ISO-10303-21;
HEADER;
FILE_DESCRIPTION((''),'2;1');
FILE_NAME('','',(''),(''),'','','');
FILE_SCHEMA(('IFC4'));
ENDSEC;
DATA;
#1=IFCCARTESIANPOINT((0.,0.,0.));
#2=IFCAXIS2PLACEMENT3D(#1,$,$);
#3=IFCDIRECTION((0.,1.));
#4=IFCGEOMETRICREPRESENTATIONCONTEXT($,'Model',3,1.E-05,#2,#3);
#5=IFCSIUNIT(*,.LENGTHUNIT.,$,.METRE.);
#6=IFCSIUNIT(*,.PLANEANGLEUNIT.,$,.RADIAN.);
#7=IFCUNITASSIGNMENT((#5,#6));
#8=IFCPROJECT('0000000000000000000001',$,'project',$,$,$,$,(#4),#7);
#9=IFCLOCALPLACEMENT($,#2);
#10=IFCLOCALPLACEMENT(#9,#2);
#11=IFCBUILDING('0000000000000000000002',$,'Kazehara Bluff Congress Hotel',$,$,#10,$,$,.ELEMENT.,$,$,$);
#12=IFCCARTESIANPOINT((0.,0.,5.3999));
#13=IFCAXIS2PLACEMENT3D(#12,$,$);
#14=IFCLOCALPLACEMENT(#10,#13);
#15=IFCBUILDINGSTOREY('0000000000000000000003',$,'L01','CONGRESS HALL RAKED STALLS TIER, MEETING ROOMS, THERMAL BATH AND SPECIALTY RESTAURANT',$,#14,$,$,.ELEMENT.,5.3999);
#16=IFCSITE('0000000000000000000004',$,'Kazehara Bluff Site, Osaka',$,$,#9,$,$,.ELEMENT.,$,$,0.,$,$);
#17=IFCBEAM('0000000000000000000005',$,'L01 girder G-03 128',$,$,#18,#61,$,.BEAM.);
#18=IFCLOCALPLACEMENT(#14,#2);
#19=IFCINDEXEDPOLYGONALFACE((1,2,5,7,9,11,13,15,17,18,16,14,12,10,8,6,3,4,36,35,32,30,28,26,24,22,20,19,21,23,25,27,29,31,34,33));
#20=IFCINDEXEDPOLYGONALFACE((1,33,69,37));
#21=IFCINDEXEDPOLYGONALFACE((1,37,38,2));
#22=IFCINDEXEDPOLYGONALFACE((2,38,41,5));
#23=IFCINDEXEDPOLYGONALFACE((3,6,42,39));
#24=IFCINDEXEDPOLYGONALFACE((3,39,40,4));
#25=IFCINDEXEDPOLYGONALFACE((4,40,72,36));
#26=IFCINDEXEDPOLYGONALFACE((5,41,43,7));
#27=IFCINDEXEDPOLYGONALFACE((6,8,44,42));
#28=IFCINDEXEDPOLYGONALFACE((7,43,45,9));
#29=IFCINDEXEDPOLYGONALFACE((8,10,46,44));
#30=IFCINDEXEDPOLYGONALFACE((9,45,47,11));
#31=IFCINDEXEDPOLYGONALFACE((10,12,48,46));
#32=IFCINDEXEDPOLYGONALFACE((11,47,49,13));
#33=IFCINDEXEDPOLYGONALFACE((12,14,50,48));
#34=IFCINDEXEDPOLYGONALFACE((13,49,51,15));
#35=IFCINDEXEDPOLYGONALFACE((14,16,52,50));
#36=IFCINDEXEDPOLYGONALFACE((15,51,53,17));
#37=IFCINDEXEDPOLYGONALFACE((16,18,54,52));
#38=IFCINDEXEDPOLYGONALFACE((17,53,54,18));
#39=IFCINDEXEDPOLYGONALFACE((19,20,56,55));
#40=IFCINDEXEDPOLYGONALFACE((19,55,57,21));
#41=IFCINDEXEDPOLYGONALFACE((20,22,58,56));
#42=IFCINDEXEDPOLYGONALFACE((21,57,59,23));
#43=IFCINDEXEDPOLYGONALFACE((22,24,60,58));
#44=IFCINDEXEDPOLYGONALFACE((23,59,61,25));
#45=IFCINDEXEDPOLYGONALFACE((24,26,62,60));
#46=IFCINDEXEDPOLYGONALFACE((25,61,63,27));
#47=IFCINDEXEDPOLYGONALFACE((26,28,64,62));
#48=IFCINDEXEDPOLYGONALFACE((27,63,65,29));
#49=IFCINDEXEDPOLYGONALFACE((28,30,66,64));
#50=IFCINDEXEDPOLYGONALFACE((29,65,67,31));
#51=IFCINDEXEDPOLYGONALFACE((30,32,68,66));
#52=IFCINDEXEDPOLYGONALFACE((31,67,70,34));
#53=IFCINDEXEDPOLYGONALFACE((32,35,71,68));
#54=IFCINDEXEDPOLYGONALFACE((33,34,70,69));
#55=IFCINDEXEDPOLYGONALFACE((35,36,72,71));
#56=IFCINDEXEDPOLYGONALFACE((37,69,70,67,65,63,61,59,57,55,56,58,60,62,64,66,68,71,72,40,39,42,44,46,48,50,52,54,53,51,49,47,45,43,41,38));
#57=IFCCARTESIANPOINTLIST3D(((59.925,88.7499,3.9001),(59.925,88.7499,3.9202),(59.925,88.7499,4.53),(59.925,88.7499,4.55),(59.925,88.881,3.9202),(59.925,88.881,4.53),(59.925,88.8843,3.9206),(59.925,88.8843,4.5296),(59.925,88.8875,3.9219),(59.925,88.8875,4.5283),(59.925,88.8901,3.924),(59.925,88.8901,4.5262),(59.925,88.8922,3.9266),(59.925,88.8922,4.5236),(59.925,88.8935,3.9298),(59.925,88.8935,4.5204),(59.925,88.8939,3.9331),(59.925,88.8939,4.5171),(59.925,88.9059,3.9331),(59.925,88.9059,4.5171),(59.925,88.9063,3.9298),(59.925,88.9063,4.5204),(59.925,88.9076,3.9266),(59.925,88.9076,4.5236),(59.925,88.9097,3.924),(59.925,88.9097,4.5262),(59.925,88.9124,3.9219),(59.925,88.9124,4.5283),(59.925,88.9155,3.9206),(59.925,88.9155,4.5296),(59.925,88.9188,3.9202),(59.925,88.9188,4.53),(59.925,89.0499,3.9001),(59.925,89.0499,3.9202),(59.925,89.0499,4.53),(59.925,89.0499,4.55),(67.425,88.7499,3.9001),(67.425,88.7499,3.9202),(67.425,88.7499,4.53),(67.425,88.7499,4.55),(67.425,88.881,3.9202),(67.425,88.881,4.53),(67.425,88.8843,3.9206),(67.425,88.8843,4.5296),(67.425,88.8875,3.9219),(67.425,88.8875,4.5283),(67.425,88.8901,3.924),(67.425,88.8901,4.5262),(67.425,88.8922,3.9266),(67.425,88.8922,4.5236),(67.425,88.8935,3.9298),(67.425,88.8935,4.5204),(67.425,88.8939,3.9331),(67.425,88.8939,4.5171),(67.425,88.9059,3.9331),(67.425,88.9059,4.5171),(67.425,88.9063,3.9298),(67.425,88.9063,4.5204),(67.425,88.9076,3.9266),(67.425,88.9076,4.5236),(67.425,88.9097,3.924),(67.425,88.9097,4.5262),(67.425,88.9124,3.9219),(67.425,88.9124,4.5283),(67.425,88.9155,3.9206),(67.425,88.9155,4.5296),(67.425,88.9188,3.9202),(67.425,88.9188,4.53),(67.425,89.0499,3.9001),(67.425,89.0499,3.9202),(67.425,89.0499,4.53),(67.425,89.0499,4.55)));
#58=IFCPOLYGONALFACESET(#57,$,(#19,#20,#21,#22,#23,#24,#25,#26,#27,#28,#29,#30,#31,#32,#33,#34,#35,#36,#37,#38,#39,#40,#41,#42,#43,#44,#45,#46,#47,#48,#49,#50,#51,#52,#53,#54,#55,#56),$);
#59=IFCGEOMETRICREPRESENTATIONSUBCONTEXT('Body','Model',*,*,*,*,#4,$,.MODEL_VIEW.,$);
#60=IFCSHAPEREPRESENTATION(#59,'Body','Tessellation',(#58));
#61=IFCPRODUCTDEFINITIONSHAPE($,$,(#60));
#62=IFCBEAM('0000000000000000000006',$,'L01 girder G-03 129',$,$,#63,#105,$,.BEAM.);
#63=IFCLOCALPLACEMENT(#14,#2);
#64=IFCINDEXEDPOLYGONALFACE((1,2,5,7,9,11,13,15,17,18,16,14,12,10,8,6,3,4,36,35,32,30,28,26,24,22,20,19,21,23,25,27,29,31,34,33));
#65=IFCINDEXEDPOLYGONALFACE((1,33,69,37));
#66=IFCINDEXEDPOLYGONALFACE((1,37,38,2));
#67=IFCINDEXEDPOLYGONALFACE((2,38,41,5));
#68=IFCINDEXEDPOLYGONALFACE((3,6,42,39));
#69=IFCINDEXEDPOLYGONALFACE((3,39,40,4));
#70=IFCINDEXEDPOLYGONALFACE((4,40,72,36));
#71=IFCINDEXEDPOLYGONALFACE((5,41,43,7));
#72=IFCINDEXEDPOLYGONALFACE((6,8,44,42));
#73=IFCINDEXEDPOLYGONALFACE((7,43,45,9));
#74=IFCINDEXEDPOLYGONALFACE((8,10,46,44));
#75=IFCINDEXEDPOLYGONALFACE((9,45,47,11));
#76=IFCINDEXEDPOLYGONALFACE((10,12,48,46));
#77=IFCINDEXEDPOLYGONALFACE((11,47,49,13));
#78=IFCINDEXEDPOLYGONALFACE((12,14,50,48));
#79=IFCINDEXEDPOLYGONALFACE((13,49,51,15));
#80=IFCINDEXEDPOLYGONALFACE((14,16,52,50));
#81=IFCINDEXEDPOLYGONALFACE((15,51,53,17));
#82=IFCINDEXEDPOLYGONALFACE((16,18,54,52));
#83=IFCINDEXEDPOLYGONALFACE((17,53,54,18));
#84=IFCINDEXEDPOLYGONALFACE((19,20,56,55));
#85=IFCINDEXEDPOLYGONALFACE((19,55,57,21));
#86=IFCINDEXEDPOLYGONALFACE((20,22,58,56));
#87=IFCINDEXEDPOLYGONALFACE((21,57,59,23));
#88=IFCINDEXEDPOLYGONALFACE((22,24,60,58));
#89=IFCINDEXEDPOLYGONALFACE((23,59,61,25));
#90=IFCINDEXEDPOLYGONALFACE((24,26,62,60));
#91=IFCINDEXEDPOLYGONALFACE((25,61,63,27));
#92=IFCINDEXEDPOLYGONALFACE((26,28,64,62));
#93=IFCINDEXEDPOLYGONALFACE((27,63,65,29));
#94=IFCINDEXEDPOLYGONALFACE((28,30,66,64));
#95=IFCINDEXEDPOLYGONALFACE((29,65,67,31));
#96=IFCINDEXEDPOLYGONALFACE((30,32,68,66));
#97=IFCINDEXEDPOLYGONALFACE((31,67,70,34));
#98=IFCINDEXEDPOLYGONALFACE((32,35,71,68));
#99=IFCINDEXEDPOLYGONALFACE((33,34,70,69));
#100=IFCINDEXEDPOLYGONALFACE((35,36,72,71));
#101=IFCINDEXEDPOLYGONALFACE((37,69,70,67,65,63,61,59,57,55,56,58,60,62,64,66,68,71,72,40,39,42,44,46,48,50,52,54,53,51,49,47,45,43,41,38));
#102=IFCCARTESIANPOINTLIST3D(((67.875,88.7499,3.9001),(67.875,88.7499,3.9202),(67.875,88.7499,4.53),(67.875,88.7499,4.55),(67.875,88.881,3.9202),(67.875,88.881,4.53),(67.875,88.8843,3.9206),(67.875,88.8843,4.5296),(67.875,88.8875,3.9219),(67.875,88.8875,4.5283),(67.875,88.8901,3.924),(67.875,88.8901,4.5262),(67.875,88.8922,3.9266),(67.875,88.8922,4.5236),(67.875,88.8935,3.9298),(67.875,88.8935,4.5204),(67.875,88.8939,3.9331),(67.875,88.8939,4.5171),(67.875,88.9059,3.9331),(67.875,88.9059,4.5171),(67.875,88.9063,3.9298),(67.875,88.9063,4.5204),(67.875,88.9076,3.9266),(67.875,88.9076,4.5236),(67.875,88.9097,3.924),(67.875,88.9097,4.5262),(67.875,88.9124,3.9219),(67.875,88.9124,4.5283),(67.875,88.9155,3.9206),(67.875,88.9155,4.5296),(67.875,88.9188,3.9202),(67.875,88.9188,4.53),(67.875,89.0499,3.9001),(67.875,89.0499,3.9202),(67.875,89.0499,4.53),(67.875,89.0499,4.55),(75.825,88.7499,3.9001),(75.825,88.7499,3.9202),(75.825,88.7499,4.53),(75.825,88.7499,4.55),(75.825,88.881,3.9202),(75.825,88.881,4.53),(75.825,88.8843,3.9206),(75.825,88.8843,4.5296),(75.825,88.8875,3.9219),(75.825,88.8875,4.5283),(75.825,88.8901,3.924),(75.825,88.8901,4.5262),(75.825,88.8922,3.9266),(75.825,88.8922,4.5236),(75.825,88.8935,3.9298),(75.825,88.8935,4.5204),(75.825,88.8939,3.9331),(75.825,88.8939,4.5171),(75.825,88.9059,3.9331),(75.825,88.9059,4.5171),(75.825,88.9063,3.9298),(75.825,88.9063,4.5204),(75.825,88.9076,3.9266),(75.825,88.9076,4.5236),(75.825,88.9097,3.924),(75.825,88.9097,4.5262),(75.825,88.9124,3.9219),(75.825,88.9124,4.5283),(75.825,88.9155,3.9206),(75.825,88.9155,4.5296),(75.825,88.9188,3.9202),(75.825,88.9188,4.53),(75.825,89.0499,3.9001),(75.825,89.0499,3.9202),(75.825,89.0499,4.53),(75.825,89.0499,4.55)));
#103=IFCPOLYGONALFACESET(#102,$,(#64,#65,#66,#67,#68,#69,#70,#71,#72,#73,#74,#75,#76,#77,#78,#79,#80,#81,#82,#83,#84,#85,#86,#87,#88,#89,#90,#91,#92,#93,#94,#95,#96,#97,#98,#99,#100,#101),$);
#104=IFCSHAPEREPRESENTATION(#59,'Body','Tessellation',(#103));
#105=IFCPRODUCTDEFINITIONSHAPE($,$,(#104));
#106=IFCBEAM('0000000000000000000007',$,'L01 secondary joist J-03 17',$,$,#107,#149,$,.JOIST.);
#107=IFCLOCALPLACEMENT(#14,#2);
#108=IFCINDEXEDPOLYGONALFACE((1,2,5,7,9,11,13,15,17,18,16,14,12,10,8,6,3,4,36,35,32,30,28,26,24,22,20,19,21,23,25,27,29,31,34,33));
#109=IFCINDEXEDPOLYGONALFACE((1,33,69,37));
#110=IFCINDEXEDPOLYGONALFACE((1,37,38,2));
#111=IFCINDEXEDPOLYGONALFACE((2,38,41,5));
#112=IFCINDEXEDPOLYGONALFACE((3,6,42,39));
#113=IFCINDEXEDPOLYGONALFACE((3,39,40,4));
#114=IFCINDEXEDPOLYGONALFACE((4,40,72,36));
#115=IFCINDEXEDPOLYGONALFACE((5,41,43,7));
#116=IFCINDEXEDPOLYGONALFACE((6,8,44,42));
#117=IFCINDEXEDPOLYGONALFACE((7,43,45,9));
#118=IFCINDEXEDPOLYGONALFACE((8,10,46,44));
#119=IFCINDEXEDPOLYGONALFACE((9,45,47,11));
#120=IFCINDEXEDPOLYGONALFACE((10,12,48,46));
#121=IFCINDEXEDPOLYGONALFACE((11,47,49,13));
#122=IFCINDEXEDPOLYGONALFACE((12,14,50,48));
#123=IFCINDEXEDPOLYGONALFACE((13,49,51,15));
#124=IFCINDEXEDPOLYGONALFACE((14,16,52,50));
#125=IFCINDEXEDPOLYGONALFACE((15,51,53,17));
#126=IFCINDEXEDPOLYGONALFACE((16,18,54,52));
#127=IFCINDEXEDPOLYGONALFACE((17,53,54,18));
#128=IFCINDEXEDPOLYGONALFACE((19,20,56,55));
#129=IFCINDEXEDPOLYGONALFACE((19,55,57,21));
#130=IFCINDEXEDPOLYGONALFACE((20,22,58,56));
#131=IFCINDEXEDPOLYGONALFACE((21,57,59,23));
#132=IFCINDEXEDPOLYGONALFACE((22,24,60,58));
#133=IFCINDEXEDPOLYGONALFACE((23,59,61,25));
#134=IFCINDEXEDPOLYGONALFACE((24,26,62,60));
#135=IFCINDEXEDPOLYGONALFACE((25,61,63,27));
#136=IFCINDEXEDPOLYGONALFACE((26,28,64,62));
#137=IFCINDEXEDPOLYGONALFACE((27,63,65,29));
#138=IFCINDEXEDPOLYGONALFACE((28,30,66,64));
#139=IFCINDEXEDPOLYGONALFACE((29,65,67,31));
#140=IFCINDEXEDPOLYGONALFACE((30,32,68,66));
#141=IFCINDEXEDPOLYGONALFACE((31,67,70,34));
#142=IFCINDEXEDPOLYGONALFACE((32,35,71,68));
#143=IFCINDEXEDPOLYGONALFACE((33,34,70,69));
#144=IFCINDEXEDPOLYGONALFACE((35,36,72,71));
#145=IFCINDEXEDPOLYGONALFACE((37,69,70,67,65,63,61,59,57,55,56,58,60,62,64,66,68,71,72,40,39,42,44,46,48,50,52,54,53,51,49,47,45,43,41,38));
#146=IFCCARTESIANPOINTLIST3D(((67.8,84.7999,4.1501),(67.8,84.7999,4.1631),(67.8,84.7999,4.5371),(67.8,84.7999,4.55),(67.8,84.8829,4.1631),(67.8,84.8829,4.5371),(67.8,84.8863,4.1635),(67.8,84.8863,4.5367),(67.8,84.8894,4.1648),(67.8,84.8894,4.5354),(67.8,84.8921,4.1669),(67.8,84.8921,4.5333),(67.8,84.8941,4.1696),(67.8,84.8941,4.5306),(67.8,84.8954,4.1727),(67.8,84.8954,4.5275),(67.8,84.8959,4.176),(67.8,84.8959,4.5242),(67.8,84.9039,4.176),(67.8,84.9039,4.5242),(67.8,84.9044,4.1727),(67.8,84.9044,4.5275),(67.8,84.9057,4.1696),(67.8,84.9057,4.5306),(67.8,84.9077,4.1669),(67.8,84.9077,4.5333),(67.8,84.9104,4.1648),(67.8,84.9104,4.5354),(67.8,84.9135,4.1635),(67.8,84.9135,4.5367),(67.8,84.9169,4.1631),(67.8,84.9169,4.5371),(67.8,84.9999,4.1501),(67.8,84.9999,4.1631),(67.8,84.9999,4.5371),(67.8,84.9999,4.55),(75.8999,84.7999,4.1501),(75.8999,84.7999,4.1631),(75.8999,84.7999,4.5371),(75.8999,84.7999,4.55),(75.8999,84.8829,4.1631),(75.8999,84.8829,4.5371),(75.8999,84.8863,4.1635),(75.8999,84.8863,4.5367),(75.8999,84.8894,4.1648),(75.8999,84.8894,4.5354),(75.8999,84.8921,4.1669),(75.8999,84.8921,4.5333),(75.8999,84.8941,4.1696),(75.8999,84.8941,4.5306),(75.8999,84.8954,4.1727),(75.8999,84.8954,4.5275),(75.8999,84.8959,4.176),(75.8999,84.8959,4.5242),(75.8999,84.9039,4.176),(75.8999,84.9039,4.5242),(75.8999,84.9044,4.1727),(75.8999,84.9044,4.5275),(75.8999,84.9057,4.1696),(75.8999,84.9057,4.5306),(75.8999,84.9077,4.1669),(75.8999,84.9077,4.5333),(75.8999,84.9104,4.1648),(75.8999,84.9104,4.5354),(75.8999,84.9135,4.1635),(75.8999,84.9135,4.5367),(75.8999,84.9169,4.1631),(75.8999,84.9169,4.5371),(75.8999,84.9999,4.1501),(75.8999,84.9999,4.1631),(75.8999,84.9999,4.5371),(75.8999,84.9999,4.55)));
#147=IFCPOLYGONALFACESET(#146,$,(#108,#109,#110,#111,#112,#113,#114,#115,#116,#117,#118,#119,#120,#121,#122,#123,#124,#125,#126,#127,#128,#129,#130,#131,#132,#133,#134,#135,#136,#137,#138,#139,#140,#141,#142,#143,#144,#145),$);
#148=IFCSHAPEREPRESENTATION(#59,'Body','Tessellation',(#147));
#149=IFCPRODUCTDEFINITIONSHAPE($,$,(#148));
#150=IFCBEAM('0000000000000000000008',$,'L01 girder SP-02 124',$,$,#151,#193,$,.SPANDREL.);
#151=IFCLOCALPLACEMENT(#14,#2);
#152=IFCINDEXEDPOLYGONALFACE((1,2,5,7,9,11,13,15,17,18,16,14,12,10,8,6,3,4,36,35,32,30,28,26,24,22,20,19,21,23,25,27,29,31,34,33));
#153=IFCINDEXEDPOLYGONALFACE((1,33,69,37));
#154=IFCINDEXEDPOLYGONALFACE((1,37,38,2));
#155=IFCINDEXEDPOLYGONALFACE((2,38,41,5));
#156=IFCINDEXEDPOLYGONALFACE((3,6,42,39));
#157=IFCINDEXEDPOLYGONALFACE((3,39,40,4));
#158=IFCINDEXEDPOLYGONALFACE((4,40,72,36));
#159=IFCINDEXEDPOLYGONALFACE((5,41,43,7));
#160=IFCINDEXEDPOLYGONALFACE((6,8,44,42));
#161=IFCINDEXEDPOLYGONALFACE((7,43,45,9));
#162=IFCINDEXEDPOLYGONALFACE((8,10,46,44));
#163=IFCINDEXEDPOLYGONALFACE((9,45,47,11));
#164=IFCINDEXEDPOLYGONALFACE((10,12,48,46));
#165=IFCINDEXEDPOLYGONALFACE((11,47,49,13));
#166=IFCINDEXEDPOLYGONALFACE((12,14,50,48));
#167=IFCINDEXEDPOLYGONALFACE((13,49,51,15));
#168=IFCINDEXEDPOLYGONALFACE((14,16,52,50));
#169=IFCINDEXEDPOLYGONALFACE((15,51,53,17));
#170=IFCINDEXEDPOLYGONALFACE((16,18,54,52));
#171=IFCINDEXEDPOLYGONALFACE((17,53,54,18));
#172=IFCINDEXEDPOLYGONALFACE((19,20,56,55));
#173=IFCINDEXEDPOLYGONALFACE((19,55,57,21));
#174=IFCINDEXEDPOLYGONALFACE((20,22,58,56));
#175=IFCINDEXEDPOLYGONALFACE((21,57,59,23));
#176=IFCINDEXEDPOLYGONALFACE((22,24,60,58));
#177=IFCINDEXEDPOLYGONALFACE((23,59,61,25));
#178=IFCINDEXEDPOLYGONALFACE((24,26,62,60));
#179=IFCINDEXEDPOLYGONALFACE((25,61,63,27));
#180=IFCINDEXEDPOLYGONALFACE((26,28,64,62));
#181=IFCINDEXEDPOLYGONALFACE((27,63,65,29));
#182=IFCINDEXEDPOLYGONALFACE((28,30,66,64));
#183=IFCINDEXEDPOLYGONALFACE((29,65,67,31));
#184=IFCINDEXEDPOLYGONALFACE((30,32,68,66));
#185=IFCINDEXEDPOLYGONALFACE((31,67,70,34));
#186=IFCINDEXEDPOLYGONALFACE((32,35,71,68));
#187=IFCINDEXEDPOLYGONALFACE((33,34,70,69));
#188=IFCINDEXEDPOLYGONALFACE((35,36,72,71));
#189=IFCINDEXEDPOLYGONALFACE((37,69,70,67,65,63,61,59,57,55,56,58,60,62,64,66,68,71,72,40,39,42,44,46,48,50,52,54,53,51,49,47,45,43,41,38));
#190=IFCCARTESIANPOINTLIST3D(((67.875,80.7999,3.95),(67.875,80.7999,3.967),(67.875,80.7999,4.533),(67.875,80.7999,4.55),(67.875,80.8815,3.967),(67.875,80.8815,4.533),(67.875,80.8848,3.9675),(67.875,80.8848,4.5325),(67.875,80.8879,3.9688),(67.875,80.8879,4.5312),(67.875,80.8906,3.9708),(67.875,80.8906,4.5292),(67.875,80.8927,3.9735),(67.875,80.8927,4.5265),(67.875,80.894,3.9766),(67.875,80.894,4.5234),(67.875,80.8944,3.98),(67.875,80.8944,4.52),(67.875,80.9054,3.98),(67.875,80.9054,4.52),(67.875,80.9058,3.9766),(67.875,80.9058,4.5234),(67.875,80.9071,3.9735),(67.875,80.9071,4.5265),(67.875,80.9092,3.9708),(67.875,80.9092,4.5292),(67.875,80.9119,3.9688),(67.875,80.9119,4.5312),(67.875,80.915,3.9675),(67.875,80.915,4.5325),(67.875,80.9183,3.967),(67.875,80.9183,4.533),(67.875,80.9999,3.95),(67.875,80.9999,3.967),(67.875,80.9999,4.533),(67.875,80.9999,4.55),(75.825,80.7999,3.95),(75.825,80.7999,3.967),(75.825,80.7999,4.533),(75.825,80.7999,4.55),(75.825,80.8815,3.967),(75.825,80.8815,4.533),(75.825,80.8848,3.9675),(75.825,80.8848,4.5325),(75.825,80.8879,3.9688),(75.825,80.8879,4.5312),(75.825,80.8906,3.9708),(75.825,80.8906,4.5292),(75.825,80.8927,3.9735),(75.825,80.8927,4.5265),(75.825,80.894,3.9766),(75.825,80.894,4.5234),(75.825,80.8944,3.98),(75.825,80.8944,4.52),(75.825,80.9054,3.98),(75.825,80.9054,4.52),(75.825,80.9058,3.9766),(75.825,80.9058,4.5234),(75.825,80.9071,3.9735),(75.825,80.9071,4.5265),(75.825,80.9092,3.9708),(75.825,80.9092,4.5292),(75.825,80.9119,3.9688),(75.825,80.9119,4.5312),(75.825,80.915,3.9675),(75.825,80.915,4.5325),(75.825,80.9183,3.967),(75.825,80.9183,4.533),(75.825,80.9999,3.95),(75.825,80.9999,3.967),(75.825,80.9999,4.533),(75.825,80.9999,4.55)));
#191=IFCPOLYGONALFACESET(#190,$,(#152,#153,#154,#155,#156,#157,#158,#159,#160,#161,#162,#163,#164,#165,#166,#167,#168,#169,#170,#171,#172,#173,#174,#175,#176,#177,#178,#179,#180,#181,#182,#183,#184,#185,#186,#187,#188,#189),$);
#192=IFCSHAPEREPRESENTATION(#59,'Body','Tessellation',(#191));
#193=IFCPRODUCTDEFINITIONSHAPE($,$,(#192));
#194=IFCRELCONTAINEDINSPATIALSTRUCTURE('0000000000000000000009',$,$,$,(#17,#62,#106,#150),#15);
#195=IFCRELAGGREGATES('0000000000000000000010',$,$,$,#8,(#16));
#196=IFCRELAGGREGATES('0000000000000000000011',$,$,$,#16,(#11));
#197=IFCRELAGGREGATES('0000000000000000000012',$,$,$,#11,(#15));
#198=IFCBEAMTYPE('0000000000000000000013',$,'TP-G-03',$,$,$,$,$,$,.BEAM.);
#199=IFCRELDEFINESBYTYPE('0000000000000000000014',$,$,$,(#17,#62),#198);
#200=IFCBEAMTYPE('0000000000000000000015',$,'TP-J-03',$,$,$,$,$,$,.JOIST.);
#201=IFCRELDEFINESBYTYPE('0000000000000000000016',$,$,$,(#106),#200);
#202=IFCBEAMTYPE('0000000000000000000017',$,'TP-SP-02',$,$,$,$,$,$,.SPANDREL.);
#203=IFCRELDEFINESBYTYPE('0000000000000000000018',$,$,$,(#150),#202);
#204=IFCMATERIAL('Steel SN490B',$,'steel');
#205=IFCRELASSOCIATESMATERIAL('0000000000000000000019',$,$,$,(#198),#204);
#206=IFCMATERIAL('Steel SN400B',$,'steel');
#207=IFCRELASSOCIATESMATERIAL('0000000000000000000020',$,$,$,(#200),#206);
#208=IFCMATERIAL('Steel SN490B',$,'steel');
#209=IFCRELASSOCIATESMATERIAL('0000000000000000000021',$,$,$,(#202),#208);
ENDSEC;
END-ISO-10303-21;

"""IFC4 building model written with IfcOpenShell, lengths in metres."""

from ifc_helpers import new_model, si_unit, direction, frame, origin, origin_2d, place, context, subcontext, project, spatial, i_section, extrude, material, material_profile, profile_set, type_object, element, save


model = new_model("IFC4")

# Units and contexts
model_context = context("Model", 3, precision=1e-05, world=origin(), true_north=direction((0.0, 1.0)))
body_context = subcontext(model_context, "Body", "Model", "MODEL_VIEW")
ifc_project = project(units=[si_unit("LENGTHUNIT", "METRE"), si_unit("PLANEANGLEUNIT", "RADIAN")], contexts=[model_context])

# Site, building, storey
site_placement = place(None, origin())
site = spatial("IfcSite", under=ifc_project, at=site_placement, Name="Kazehara Bluff Site, Osaka", CompositionType="ELEMENT", RefElevation=0.0)
building_placement = place(site_placement, origin())
building = spatial("IfcBuilding", under=site, at=building_placement, Name="Kazehara Bluff Congress Hotel", CompositionType="ELEMENT")
storey_placement = place(building_placement, frame((0.0, 0.0, 5.3999)))
storey = spatial("IfcBuildingStorey", under=building, at=storey_placement, Name="L01", Description="CONGRESS HALL RAKED STALLS TIER, MEETING ROOMS, THERMAL BATH AND SPECIALTY RESTAURANT", CompositionType="ELEMENT", Elevation=5.3999)

# Beams
ifc_material_1 = material(Name="Steel SN490B", Category="steel")
ifc_material_profile_1 = material_profile(ifc_material_1, i_section(OverallWidth=0.3, OverallDepth=0.6499, WebThickness=0.012, FlangeThickness=0.02, FilletRadius=0.0129, at=origin_2d()))
ifc_profile_set_1 = profile_set([ifc_material_profile_1], Name="Steel SN490B")
beam_type_1 = type_object("IfcBeamType", Name="TP-G-03", PredefinedType="BEAM", material=ifc_profile_set_1)
beam_1_placement = place(storey_placement, frame((59.925, 88.8999, 4.2251), z_axis=(1.0, 0.0, 0.0), x_axis=(0.0, 1.0, 0.0)))
element("IfcBeam", 1, at=beam_1_placement, inside=storey, type_object=beam_type_1, Name="L01 girder G-03 128", PredefinedType="BEAM", context=body_context, shape_type="SweptSolid", body=[
    extrude(i_section(OverallWidth=0.3, OverallDepth=0.6499, WebThickness=0.012, FlangeThickness=0.02, FilletRadius=0.0129, at=origin_2d()), origin(), (0.0, 0.0, 1.0), 7.5),
])
beam_2_placement = place(storey_placement, frame((67.875, 88.8999, 4.2251), z_axis=(1.0, 0.0, 0.0), x_axis=(0.0, 1.0, 0.0)))
element("IfcBeam", 2, at=beam_2_placement, inside=storey, type_object=beam_type_1, Name="L01 girder G-03 129", PredefinedType="BEAM", context=body_context, shape_type="SweptSolid", body=[
    extrude(i_section(OverallWidth=0.3, OverallDepth=0.6499, WebThickness=0.012, FlangeThickness=0.02, FilletRadius=0.0129, at=origin_2d()), origin(), (0.0, 0.0, 1.0), 7.95),
])
ifc_material_2 = material(Name="Steel SN400B", Category="steel")
ifc_material_profile_2 = material_profile(ifc_material_2, i_section(OverallWidth=0.2, OverallDepth=0.3999, WebThickness=0.0081, FlangeThickness=0.0129, FilletRadius=0.0129, at=origin_2d()))
ifc_profile_set_2 = profile_set([ifc_material_profile_2], Name="Steel SN400B")
beam_type_2 = type_object("IfcBeamType", Name="TP-J-03", PredefinedType="JOIST", material=ifc_profile_set_2)
beam_3_placement = place(storey_placement, frame((67.8, 84.8999, 4.3501), z_axis=(1.0, 0.0, 0.0), x_axis=(0.0, 1.0, 0.0)))
element("IfcBeam", 3, at=beam_3_placement, inside=storey, type_object=beam_type_2, Name="L01 secondary joist J-03 17", PredefinedType="JOIST", context=body_context, shape_type="SweptSolid", body=[
    extrude(i_section(OverallWidth=0.2, OverallDepth=0.3999, WebThickness=0.0081, FlangeThickness=0.0129, FilletRadius=0.0129, at=origin_2d()), origin(), (0.0, 0.0, 1.0), 8.0999),
])
ifc_material_3 = material(Name="Steel SN490B", Category="steel")
ifc_material_profile_3 = material_profile(ifc_material_3, i_section(OverallWidth=0.2, OverallDepth=0.6001, WebThickness=0.011, FlangeThickness=0.0171, FilletRadius=0.0129, at=origin_2d()))
ifc_profile_set_3 = profile_set([ifc_material_profile_3], Name="Steel SN490B")
beam_type_3 = type_object("IfcBeamType", Name="TP-SP-02", PredefinedType="SPANDREL", material=ifc_profile_set_3)
beam_4_placement = place(storey_placement, frame((67.875, 80.8999, 4.25), z_axis=(1.0, 0.0, 0.0), x_axis=(0.0, 1.0, 0.0)))
element("IfcBeam", 4, at=beam_4_placement, inside=storey, type_object=beam_type_3, Name="L01 girder SP-02 124", PredefinedType="SPANDREL", context=body_context, shape_type="SweptSolid", body=[
    extrude(i_section(OverallWidth=0.2, OverallDepth=0.6001, WebThickness=0.011, FlangeThickness=0.0171, FilletRadius=0.0129, at=origin_2d()), origin(), (0.0, 0.0, 1.0), 7.95),
])

save(model, "model.ifc")
